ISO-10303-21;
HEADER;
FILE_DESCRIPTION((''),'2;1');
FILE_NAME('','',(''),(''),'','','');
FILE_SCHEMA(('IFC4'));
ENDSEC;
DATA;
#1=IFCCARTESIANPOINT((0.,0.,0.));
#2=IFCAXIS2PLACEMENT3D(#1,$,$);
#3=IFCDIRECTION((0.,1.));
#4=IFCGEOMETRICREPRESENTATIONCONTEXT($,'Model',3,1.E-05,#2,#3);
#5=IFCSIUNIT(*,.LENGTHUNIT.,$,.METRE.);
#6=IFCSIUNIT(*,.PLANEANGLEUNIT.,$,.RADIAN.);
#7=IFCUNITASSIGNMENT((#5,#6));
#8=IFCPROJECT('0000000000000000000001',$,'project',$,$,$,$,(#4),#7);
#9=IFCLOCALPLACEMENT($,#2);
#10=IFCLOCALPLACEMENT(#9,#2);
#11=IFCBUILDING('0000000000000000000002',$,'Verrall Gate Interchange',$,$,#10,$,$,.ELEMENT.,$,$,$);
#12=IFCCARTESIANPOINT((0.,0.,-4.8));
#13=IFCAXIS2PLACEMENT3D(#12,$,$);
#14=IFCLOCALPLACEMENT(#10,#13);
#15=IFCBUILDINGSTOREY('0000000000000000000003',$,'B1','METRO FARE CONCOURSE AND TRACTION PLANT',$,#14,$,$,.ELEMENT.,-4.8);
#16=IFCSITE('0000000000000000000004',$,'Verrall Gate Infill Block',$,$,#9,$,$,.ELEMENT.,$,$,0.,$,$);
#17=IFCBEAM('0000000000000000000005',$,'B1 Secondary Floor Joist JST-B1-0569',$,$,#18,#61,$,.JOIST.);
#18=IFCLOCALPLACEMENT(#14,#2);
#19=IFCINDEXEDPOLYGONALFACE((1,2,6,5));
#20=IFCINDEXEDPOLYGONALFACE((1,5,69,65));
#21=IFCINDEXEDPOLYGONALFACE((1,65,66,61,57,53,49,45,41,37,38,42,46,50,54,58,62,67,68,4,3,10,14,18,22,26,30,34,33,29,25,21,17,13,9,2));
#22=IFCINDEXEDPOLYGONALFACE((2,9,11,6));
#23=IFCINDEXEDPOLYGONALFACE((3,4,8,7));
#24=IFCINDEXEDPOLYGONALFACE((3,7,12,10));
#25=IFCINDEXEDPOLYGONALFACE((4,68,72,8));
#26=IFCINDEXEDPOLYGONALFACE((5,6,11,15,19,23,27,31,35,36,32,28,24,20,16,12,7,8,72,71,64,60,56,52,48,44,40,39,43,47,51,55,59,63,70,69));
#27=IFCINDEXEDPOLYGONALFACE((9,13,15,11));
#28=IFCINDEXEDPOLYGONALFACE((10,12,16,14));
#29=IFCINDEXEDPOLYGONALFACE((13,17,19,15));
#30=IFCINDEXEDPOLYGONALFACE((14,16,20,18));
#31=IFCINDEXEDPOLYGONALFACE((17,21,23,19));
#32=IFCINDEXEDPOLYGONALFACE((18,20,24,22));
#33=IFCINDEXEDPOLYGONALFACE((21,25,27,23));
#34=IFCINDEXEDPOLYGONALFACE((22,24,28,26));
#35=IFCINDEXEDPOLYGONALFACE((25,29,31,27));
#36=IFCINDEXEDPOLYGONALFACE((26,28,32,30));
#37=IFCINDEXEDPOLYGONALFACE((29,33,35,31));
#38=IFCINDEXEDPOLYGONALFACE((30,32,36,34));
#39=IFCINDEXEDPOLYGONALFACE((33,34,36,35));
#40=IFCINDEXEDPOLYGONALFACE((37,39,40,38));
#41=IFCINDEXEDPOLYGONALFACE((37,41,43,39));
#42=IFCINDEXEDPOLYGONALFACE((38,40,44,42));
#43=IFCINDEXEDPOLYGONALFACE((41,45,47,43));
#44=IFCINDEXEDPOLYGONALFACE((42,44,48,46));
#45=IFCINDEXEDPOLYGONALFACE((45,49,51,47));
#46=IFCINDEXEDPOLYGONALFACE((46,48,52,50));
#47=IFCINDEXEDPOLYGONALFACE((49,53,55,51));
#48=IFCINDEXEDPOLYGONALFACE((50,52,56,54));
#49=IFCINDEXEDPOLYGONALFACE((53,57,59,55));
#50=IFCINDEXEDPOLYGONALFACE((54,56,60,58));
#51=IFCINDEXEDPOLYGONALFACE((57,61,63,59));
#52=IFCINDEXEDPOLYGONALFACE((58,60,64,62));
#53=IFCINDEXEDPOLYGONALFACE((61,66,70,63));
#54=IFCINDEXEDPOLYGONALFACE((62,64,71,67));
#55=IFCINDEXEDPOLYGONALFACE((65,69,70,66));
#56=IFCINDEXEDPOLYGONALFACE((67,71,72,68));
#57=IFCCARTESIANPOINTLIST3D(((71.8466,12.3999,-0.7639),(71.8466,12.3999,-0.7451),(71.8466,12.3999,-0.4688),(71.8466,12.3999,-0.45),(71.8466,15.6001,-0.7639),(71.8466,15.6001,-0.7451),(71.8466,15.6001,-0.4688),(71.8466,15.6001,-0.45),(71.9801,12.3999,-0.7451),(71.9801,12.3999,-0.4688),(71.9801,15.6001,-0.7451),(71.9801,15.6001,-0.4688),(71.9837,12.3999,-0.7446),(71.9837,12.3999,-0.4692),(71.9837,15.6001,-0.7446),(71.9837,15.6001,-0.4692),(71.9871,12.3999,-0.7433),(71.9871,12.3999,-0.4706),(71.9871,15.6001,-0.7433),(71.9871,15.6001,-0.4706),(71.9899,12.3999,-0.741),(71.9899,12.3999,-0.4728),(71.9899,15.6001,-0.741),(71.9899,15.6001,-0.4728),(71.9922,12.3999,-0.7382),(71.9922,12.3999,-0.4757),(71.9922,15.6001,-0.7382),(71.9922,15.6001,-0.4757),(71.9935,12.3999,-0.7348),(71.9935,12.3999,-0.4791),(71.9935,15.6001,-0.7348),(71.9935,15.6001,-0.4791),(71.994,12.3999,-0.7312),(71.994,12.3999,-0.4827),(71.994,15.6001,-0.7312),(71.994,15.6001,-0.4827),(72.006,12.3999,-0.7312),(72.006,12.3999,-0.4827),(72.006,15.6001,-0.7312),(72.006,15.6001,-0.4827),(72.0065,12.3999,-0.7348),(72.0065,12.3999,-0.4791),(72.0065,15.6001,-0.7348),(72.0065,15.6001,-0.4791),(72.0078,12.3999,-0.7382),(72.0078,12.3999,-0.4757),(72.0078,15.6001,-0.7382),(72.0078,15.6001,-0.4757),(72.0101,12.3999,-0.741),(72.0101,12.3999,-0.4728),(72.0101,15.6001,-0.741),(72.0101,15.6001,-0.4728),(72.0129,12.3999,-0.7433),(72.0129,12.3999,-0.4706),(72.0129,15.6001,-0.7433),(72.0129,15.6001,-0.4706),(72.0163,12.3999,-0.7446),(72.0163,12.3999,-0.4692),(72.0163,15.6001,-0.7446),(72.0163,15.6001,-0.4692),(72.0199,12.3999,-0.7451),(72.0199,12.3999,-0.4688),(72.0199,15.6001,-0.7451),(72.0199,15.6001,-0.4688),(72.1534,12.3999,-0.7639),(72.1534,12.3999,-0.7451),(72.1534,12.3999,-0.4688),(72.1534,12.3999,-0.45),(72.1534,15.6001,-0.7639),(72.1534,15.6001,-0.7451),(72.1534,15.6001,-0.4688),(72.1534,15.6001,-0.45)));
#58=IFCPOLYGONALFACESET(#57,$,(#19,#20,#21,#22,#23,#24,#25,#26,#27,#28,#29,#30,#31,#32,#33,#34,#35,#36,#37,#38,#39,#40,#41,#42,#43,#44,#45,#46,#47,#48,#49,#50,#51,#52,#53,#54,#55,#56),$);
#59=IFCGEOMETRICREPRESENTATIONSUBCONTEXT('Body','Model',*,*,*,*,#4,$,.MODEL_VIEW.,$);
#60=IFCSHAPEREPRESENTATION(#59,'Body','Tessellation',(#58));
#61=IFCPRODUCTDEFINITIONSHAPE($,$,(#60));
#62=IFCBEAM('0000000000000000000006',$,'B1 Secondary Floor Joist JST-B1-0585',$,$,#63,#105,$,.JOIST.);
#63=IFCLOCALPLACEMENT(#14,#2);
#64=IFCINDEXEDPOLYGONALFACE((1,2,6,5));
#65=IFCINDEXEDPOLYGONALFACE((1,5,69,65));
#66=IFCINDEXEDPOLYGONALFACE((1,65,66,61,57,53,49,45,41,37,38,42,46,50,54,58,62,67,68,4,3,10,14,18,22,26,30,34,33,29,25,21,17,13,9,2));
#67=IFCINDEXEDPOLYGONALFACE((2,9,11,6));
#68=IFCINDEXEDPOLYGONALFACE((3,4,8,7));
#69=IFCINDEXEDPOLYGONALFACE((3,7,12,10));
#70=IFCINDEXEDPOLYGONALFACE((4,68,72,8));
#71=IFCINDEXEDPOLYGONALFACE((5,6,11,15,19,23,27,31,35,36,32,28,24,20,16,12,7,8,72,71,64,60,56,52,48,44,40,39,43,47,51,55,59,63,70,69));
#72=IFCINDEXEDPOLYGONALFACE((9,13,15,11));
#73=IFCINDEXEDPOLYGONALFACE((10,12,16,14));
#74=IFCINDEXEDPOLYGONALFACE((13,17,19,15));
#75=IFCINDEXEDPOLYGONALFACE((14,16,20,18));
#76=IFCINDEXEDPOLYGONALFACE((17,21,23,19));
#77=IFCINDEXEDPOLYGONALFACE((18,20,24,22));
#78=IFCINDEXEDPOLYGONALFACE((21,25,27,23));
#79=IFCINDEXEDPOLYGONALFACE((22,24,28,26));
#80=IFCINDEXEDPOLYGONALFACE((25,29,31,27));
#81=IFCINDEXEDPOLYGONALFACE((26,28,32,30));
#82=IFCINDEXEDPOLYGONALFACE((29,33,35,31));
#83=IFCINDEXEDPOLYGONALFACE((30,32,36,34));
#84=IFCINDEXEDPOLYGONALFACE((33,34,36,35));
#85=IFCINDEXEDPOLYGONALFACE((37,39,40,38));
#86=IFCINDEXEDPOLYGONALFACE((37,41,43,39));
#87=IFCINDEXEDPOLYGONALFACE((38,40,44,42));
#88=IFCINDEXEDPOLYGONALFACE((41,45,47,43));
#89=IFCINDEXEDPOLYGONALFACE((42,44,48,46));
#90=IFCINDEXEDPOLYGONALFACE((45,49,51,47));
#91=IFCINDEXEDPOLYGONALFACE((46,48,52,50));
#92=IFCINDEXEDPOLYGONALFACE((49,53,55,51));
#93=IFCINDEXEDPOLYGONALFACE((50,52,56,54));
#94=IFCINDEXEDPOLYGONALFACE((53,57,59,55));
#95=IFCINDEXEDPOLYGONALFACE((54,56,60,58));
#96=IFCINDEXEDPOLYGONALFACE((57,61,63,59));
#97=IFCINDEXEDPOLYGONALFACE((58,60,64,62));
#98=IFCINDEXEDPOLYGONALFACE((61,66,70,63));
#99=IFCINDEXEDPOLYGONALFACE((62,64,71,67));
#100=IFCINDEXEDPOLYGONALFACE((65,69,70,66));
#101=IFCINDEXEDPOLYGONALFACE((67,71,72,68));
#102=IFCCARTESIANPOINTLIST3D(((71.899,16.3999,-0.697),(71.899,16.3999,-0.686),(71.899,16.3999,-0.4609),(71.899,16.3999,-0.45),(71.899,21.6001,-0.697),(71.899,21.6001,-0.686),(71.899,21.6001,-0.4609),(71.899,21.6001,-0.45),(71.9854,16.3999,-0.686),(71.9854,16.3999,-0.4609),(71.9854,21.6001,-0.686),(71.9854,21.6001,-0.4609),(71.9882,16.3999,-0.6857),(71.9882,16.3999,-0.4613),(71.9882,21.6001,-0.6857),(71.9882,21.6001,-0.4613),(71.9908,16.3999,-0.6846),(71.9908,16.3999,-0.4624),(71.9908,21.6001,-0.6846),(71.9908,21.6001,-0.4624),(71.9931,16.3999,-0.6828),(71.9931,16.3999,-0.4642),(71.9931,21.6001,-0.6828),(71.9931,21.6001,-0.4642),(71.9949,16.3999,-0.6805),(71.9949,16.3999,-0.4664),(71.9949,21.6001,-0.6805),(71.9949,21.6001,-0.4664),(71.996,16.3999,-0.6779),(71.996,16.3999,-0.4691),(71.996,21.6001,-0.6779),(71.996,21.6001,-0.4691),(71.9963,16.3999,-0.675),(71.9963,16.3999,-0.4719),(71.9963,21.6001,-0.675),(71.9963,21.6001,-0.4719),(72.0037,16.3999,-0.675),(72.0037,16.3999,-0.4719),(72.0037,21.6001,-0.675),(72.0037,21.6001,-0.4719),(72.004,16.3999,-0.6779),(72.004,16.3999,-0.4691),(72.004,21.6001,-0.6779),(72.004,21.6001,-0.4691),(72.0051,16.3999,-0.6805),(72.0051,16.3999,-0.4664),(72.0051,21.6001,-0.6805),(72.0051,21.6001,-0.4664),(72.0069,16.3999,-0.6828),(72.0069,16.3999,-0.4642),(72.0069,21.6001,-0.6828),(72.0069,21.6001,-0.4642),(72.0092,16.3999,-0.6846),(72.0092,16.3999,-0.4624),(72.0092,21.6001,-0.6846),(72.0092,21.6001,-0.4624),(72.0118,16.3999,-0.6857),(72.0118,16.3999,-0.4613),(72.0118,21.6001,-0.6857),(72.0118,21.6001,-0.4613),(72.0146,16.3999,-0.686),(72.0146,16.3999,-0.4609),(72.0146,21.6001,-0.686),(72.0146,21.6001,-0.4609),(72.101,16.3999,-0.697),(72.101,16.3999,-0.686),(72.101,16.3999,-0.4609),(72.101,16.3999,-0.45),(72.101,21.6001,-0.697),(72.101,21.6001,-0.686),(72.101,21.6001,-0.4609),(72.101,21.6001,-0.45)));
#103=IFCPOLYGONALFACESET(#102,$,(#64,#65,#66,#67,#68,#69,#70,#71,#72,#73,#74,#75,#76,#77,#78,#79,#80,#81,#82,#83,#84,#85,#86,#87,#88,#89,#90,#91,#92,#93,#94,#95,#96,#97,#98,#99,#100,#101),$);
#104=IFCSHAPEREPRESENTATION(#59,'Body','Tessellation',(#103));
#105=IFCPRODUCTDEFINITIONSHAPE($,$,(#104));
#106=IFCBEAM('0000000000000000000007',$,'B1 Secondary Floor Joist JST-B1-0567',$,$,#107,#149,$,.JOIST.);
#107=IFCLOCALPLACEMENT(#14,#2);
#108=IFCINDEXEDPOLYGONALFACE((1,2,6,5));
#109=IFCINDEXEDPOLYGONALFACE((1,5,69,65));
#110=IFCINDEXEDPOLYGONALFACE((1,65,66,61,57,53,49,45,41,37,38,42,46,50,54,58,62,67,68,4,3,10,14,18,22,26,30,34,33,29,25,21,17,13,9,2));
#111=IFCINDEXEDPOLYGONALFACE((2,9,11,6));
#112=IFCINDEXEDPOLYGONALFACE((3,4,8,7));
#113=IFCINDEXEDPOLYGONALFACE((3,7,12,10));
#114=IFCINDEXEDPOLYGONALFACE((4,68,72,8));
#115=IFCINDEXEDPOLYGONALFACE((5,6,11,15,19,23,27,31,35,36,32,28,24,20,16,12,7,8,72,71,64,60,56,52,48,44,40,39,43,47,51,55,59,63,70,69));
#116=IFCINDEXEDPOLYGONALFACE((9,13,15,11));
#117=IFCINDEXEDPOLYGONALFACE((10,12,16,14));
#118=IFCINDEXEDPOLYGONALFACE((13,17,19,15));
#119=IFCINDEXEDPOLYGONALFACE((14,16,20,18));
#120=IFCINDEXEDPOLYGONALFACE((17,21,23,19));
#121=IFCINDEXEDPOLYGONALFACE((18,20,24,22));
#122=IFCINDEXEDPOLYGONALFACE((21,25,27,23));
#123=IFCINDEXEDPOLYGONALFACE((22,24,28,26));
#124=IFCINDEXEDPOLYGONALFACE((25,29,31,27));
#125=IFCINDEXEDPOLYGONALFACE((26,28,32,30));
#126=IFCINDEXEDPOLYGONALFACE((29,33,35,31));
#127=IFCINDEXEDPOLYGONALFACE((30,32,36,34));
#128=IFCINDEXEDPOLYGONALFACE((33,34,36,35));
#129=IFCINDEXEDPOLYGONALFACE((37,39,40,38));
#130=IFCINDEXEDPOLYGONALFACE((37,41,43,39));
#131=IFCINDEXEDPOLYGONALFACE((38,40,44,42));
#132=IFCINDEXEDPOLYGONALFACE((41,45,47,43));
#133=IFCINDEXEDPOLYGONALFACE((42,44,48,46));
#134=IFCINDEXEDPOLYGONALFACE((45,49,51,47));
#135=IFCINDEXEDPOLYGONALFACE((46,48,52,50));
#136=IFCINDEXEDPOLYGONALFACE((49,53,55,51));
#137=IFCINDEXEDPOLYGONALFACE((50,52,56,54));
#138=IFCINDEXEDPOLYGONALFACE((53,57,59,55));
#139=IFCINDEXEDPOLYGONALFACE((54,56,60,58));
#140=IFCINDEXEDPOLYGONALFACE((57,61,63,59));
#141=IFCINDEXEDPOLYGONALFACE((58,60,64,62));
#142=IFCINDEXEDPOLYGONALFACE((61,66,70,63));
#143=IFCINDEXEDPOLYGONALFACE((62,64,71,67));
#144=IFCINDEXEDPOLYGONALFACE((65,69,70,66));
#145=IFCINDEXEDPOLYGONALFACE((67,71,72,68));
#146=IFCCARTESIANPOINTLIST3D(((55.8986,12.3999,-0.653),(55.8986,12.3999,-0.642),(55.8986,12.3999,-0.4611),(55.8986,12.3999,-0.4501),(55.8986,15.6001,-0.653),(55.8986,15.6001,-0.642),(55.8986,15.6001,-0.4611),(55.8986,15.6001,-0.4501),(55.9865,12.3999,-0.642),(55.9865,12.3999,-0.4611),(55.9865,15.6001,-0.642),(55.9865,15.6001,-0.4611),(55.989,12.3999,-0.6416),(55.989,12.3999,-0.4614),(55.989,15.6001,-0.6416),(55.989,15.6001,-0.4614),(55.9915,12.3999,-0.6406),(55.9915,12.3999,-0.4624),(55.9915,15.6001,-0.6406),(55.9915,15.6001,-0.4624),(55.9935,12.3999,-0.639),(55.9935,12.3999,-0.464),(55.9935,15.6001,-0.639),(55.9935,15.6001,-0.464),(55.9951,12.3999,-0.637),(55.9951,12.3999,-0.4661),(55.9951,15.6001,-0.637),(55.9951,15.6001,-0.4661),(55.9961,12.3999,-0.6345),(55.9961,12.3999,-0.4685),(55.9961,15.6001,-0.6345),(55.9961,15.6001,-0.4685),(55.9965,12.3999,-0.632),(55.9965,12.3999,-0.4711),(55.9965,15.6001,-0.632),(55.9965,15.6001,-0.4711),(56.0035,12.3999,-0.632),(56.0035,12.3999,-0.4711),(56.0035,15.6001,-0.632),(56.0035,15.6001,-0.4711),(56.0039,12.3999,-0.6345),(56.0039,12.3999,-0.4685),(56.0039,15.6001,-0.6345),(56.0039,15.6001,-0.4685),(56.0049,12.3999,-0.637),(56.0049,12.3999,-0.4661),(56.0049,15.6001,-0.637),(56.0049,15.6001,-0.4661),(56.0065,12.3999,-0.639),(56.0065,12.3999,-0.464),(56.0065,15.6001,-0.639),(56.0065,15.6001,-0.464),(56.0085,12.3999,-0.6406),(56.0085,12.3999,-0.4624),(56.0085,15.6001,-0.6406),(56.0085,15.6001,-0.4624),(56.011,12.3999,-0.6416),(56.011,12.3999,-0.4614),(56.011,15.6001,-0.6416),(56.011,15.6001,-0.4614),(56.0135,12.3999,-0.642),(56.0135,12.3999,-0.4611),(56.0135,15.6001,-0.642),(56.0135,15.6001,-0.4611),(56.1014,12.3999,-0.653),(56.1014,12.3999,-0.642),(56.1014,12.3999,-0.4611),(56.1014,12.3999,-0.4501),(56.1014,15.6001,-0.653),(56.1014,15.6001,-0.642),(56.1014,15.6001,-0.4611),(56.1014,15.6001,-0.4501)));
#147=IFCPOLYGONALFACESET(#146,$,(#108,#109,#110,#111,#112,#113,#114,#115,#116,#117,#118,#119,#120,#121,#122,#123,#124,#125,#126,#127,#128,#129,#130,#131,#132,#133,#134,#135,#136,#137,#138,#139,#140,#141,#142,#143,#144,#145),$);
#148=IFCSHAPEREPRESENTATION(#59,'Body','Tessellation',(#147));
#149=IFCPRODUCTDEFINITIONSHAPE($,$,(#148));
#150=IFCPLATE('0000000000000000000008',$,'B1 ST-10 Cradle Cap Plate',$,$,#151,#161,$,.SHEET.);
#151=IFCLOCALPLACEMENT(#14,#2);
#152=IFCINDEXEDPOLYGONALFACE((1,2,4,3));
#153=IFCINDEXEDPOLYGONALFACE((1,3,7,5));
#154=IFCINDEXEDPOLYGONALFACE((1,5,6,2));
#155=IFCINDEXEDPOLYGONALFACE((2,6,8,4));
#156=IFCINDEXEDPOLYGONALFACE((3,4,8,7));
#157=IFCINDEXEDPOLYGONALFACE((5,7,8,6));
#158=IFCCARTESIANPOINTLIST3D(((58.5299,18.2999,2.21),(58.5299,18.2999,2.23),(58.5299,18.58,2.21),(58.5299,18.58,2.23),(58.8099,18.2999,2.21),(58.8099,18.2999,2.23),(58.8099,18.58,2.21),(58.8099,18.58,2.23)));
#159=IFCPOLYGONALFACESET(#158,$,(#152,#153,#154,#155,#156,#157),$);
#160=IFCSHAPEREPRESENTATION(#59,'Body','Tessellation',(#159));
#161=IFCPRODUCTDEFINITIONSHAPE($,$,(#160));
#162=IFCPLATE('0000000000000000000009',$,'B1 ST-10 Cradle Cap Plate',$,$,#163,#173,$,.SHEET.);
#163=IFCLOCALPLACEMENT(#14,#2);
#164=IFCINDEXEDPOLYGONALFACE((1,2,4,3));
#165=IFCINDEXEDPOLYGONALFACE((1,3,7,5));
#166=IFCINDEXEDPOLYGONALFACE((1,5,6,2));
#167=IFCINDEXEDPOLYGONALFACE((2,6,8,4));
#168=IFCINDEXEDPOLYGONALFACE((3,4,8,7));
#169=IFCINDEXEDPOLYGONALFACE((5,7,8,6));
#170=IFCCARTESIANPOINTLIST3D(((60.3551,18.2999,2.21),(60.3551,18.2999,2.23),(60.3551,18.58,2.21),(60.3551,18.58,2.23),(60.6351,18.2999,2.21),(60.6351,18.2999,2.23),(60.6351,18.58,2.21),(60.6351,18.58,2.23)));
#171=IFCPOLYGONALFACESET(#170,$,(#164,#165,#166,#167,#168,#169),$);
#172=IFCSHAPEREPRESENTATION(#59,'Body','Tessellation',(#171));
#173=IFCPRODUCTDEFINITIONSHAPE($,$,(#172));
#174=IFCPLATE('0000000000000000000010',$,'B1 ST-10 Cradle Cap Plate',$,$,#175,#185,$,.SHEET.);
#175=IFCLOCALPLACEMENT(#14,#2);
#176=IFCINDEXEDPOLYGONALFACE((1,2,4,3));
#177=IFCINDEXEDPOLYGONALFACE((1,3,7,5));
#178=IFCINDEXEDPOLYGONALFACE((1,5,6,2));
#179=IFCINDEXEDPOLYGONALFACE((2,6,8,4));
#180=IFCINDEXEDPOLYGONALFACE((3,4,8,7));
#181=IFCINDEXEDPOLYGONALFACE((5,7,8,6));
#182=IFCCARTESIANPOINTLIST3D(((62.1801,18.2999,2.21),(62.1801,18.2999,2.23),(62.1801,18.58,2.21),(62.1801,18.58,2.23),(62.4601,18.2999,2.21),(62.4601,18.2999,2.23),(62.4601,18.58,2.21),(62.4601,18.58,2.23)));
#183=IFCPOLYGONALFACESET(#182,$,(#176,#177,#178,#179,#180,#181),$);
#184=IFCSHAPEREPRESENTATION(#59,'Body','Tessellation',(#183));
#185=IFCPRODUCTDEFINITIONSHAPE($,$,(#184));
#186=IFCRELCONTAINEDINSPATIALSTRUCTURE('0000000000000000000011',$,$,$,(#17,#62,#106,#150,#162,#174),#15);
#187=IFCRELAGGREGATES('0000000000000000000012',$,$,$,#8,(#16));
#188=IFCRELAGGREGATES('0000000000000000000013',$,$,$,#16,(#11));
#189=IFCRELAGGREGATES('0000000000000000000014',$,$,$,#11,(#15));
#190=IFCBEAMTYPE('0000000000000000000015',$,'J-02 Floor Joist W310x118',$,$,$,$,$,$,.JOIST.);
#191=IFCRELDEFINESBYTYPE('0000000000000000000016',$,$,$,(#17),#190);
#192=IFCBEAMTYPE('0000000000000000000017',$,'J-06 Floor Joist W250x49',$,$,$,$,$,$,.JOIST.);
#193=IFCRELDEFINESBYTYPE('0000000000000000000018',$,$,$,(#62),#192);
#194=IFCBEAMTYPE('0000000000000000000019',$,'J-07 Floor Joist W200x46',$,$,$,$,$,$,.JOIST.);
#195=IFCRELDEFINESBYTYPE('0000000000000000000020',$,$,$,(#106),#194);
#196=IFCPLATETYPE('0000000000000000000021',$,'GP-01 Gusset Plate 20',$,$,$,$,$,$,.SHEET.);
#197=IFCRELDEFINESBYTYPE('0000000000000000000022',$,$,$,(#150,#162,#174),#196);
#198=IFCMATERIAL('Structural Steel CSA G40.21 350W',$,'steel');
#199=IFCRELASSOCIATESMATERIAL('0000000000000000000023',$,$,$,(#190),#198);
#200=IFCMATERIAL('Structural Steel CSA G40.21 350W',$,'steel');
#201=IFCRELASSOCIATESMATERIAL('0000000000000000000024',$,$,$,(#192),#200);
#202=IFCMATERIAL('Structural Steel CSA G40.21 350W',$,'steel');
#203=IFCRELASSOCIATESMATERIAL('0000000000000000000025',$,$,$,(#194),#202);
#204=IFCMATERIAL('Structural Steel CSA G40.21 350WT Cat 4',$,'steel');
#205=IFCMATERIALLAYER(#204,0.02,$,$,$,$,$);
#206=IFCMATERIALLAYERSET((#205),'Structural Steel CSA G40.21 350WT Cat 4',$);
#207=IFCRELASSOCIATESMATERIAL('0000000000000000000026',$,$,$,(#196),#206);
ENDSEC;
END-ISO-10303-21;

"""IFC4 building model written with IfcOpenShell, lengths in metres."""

from ifc_helpers import new_model, si_unit, direction, frame, origin, origin_2d, place, context, subcontext, project, spatial, rectangle, i_section, extrude, material, layer, layer_set, material_profile, profile_set, type_object, element, save


model = new_model("IFC4")

# Units and contexts
model_context = context("Model", 3, precision=1e-05, world=origin(), true_north=direction((0.0, 1.0)))
body_context = subcontext(model_context, "Body", "Model", "MODEL_VIEW")
ifc_project = project(units=[si_unit("LENGTHUNIT", "METRE"), si_unit("PLANEANGLEUNIT", "RADIAN")], contexts=[model_context])

# Site, building, storey
site_placement = place(None, origin())
site = spatial("IfcSite", under=ifc_project, at=site_placement, Name="Verrall Gate Infill Block", CompositionType="ELEMENT", RefElevation=0.0)
building_placement = place(site_placement, origin())
building = spatial("IfcBuilding", under=site, at=building_placement, Name="Verrall Gate Interchange", CompositionType="ELEMENT")
storey_placement = place(building_placement, frame((0.0, 0.0, -4.8)))
storey = spatial("IfcBuildingStorey", under=building, at=storey_placement, Name="B1", Description="METRO FARE CONCOURSE AND TRACTION PLANT", CompositionType="ELEMENT", Elevation=-4.8)

# Beams
ifc_material_1 = material(Name="Structural Steel CSA G40.21 350W", Category="steel")
ifc_material_profile_1 = material_profile(ifc_material_1, i_section(OverallWidth=0.3069, OverallDepth=0.314, WebThickness=0.012, FlangeThickness=0.0188, FilletRadius=0.0139, at=origin_2d()), Name="W310x118")
ifc_profile_set_1 = profile_set([ifc_material_profile_1], Name="Structural Steel CSA G40.21 350W")
beam_type_1 = type_object("IfcBeamType", Name="J-02 Floor Joist W310x118", PredefinedType="JOIST", material=ifc_profile_set_1)
beam_1_placement = place(storey_placement, frame((72.0, 12.3999, -0.6069), z_axis=(0.0, 1.0, 0.0), x_axis=(-1.0, 0.0, 0.0)))
element("IfcBeam", 1, at=beam_1_placement, inside=storey, type_object=beam_type_1, Name="B1 Secondary Floor Joist JST-B1-0569", PredefinedType="JOIST", context=body_context, shape_type="SweptSolid", body=[
    extrude(i_section(OverallWidth=0.3069, OverallDepth=0.314, WebThickness=0.012, FlangeThickness=0.0188, FilletRadius=0.0139, at=origin_2d()), origin(), (0.0, 0.0, 1.0), 3.2002),
])
ifc_material_2 = material(Name="Structural Steel CSA G40.21 350W", Category="steel")
ifc_material_profile_2 = material_profile(ifc_material_2, i_section(OverallWidth=0.2019, OverallDepth=0.2471, WebThickness=0.0073, FlangeThickness=0.011, FilletRadius=0.011, at=origin_2d()), Name="W250x49")
ifc_profile_set_2 = profile_set([ifc_material_profile_2], Name="Structural Steel CSA G40.21 350W")
beam_type_2 = type_object("IfcBeamType", Name="J-06 Floor Joist W250x49", PredefinedType="JOIST", material=ifc_profile_set_2)
beam_2_placement = place(storey_placement, frame((72.0, 16.3999, -0.5735), z_axis=(0.0, 1.0, 0.0), x_axis=(-1.0, 0.0, 0.0)))
element("IfcBeam", 2, at=beam_2_placement, inside=storey, type_object=beam_type_2, Name="B1 Secondary Floor Joist JST-B1-0585", PredefinedType="JOIST", context=body_context, shape_type="SweptSolid", body=[
    extrude(i_section(OverallWidth=0.2019, OverallDepth=0.2471, WebThickness=0.0073, FlangeThickness=0.011, FilletRadius=0.011, at=origin_2d()), origin(), (0.0, 0.0, 1.0), 5.2002),
])
ifc_material_3 = material(Name="Structural Steel CSA G40.21 350W", Category="steel")
ifc_material_profile_3 = material_profile(ifc_material_3, i_section(OverallWidth=0.2029, OverallDepth=0.2029, WebThickness=0.0071, FlangeThickness=0.011, FilletRadius=0.01, at=origin_2d()), Name="W200x46")
ifc_profile_set_3 = profile_set([ifc_material_profile_3], Name="Structural Steel CSA G40.21 350W")
beam_type_3 = type_object("IfcBeamType", Name="J-07 Floor Joist W200x46", PredefinedType="JOIST", material=ifc_profile_set_3)
beam_3_placement = place(storey_placement, frame((56.0, 12.3999, -0.5515), z_axis=(0.0, 1.0, 0.0), x_axis=(-1.0, 0.0, 0.0)))
element("IfcBeam", 3, at=beam_3_placement, inside=storey, type_object=beam_type_3, Name="B1 Secondary Floor Joist JST-B1-0567", PredefinedType="JOIST", context=body_context, shape_type="SweptSolid", body=[
    extrude(i_section(OverallWidth=0.2029, OverallDepth=0.2029, WebThickness=0.0071, FlangeThickness=0.011, FilletRadius=0.01, at=origin_2d()), origin(), (0.0, 0.0, 1.0), 3.2002),
])

# Plates
ifc_material_4 = material(Name="Structural Steel CSA G40.21 350WT Cat 4", Category="steel")
ifc_layer = layer(ifc_material_4, 0.02)
ifc_layer_set = layer_set([ifc_layer], Name="Structural Steel CSA G40.21 350WT Cat 4")
plate_type = type_object("IfcPlateType", Name="GP-01 Gusset Plate 20", PredefinedType="SHEET", material=ifc_layer_set)
for number, where, z_axis, x_axis, name in (
    (4, (58.6699, 18.4399, 2.21), (0.0, 0.0, 1.0), (1.0, 0.0, 0.0), "B1 ST-10 Cradle Cap Plate"),
    (5, (60.4951, 18.4399, 2.21), (0.0, 0.0, 1.0), (1.0, 0.0, 0.0), "B1 ST-10 Cradle Cap Plate"),
    (6, (62.3201, 18.4399, 2.21), (0.0, 0.0, 1.0), (1.0, 0.0, 0.0), "B1 ST-10 Cradle Cap Plate"),
):
    element("IfcPlate", number, at=place(storey_placement, frame(where, z_axis=z_axis, x_axis=x_axis)), inside=storey, type_object=plate_type, Name=name, PredefinedType="SHEET", context=body_context, shape_type="SweptSolid", body=[
        extrude(rectangle(XDim=0.28, YDim=0.28, at=origin_2d()), origin(), (0.0, 0.0, 1.0), 0.02),
    ])

save(model, "model.ifc")
